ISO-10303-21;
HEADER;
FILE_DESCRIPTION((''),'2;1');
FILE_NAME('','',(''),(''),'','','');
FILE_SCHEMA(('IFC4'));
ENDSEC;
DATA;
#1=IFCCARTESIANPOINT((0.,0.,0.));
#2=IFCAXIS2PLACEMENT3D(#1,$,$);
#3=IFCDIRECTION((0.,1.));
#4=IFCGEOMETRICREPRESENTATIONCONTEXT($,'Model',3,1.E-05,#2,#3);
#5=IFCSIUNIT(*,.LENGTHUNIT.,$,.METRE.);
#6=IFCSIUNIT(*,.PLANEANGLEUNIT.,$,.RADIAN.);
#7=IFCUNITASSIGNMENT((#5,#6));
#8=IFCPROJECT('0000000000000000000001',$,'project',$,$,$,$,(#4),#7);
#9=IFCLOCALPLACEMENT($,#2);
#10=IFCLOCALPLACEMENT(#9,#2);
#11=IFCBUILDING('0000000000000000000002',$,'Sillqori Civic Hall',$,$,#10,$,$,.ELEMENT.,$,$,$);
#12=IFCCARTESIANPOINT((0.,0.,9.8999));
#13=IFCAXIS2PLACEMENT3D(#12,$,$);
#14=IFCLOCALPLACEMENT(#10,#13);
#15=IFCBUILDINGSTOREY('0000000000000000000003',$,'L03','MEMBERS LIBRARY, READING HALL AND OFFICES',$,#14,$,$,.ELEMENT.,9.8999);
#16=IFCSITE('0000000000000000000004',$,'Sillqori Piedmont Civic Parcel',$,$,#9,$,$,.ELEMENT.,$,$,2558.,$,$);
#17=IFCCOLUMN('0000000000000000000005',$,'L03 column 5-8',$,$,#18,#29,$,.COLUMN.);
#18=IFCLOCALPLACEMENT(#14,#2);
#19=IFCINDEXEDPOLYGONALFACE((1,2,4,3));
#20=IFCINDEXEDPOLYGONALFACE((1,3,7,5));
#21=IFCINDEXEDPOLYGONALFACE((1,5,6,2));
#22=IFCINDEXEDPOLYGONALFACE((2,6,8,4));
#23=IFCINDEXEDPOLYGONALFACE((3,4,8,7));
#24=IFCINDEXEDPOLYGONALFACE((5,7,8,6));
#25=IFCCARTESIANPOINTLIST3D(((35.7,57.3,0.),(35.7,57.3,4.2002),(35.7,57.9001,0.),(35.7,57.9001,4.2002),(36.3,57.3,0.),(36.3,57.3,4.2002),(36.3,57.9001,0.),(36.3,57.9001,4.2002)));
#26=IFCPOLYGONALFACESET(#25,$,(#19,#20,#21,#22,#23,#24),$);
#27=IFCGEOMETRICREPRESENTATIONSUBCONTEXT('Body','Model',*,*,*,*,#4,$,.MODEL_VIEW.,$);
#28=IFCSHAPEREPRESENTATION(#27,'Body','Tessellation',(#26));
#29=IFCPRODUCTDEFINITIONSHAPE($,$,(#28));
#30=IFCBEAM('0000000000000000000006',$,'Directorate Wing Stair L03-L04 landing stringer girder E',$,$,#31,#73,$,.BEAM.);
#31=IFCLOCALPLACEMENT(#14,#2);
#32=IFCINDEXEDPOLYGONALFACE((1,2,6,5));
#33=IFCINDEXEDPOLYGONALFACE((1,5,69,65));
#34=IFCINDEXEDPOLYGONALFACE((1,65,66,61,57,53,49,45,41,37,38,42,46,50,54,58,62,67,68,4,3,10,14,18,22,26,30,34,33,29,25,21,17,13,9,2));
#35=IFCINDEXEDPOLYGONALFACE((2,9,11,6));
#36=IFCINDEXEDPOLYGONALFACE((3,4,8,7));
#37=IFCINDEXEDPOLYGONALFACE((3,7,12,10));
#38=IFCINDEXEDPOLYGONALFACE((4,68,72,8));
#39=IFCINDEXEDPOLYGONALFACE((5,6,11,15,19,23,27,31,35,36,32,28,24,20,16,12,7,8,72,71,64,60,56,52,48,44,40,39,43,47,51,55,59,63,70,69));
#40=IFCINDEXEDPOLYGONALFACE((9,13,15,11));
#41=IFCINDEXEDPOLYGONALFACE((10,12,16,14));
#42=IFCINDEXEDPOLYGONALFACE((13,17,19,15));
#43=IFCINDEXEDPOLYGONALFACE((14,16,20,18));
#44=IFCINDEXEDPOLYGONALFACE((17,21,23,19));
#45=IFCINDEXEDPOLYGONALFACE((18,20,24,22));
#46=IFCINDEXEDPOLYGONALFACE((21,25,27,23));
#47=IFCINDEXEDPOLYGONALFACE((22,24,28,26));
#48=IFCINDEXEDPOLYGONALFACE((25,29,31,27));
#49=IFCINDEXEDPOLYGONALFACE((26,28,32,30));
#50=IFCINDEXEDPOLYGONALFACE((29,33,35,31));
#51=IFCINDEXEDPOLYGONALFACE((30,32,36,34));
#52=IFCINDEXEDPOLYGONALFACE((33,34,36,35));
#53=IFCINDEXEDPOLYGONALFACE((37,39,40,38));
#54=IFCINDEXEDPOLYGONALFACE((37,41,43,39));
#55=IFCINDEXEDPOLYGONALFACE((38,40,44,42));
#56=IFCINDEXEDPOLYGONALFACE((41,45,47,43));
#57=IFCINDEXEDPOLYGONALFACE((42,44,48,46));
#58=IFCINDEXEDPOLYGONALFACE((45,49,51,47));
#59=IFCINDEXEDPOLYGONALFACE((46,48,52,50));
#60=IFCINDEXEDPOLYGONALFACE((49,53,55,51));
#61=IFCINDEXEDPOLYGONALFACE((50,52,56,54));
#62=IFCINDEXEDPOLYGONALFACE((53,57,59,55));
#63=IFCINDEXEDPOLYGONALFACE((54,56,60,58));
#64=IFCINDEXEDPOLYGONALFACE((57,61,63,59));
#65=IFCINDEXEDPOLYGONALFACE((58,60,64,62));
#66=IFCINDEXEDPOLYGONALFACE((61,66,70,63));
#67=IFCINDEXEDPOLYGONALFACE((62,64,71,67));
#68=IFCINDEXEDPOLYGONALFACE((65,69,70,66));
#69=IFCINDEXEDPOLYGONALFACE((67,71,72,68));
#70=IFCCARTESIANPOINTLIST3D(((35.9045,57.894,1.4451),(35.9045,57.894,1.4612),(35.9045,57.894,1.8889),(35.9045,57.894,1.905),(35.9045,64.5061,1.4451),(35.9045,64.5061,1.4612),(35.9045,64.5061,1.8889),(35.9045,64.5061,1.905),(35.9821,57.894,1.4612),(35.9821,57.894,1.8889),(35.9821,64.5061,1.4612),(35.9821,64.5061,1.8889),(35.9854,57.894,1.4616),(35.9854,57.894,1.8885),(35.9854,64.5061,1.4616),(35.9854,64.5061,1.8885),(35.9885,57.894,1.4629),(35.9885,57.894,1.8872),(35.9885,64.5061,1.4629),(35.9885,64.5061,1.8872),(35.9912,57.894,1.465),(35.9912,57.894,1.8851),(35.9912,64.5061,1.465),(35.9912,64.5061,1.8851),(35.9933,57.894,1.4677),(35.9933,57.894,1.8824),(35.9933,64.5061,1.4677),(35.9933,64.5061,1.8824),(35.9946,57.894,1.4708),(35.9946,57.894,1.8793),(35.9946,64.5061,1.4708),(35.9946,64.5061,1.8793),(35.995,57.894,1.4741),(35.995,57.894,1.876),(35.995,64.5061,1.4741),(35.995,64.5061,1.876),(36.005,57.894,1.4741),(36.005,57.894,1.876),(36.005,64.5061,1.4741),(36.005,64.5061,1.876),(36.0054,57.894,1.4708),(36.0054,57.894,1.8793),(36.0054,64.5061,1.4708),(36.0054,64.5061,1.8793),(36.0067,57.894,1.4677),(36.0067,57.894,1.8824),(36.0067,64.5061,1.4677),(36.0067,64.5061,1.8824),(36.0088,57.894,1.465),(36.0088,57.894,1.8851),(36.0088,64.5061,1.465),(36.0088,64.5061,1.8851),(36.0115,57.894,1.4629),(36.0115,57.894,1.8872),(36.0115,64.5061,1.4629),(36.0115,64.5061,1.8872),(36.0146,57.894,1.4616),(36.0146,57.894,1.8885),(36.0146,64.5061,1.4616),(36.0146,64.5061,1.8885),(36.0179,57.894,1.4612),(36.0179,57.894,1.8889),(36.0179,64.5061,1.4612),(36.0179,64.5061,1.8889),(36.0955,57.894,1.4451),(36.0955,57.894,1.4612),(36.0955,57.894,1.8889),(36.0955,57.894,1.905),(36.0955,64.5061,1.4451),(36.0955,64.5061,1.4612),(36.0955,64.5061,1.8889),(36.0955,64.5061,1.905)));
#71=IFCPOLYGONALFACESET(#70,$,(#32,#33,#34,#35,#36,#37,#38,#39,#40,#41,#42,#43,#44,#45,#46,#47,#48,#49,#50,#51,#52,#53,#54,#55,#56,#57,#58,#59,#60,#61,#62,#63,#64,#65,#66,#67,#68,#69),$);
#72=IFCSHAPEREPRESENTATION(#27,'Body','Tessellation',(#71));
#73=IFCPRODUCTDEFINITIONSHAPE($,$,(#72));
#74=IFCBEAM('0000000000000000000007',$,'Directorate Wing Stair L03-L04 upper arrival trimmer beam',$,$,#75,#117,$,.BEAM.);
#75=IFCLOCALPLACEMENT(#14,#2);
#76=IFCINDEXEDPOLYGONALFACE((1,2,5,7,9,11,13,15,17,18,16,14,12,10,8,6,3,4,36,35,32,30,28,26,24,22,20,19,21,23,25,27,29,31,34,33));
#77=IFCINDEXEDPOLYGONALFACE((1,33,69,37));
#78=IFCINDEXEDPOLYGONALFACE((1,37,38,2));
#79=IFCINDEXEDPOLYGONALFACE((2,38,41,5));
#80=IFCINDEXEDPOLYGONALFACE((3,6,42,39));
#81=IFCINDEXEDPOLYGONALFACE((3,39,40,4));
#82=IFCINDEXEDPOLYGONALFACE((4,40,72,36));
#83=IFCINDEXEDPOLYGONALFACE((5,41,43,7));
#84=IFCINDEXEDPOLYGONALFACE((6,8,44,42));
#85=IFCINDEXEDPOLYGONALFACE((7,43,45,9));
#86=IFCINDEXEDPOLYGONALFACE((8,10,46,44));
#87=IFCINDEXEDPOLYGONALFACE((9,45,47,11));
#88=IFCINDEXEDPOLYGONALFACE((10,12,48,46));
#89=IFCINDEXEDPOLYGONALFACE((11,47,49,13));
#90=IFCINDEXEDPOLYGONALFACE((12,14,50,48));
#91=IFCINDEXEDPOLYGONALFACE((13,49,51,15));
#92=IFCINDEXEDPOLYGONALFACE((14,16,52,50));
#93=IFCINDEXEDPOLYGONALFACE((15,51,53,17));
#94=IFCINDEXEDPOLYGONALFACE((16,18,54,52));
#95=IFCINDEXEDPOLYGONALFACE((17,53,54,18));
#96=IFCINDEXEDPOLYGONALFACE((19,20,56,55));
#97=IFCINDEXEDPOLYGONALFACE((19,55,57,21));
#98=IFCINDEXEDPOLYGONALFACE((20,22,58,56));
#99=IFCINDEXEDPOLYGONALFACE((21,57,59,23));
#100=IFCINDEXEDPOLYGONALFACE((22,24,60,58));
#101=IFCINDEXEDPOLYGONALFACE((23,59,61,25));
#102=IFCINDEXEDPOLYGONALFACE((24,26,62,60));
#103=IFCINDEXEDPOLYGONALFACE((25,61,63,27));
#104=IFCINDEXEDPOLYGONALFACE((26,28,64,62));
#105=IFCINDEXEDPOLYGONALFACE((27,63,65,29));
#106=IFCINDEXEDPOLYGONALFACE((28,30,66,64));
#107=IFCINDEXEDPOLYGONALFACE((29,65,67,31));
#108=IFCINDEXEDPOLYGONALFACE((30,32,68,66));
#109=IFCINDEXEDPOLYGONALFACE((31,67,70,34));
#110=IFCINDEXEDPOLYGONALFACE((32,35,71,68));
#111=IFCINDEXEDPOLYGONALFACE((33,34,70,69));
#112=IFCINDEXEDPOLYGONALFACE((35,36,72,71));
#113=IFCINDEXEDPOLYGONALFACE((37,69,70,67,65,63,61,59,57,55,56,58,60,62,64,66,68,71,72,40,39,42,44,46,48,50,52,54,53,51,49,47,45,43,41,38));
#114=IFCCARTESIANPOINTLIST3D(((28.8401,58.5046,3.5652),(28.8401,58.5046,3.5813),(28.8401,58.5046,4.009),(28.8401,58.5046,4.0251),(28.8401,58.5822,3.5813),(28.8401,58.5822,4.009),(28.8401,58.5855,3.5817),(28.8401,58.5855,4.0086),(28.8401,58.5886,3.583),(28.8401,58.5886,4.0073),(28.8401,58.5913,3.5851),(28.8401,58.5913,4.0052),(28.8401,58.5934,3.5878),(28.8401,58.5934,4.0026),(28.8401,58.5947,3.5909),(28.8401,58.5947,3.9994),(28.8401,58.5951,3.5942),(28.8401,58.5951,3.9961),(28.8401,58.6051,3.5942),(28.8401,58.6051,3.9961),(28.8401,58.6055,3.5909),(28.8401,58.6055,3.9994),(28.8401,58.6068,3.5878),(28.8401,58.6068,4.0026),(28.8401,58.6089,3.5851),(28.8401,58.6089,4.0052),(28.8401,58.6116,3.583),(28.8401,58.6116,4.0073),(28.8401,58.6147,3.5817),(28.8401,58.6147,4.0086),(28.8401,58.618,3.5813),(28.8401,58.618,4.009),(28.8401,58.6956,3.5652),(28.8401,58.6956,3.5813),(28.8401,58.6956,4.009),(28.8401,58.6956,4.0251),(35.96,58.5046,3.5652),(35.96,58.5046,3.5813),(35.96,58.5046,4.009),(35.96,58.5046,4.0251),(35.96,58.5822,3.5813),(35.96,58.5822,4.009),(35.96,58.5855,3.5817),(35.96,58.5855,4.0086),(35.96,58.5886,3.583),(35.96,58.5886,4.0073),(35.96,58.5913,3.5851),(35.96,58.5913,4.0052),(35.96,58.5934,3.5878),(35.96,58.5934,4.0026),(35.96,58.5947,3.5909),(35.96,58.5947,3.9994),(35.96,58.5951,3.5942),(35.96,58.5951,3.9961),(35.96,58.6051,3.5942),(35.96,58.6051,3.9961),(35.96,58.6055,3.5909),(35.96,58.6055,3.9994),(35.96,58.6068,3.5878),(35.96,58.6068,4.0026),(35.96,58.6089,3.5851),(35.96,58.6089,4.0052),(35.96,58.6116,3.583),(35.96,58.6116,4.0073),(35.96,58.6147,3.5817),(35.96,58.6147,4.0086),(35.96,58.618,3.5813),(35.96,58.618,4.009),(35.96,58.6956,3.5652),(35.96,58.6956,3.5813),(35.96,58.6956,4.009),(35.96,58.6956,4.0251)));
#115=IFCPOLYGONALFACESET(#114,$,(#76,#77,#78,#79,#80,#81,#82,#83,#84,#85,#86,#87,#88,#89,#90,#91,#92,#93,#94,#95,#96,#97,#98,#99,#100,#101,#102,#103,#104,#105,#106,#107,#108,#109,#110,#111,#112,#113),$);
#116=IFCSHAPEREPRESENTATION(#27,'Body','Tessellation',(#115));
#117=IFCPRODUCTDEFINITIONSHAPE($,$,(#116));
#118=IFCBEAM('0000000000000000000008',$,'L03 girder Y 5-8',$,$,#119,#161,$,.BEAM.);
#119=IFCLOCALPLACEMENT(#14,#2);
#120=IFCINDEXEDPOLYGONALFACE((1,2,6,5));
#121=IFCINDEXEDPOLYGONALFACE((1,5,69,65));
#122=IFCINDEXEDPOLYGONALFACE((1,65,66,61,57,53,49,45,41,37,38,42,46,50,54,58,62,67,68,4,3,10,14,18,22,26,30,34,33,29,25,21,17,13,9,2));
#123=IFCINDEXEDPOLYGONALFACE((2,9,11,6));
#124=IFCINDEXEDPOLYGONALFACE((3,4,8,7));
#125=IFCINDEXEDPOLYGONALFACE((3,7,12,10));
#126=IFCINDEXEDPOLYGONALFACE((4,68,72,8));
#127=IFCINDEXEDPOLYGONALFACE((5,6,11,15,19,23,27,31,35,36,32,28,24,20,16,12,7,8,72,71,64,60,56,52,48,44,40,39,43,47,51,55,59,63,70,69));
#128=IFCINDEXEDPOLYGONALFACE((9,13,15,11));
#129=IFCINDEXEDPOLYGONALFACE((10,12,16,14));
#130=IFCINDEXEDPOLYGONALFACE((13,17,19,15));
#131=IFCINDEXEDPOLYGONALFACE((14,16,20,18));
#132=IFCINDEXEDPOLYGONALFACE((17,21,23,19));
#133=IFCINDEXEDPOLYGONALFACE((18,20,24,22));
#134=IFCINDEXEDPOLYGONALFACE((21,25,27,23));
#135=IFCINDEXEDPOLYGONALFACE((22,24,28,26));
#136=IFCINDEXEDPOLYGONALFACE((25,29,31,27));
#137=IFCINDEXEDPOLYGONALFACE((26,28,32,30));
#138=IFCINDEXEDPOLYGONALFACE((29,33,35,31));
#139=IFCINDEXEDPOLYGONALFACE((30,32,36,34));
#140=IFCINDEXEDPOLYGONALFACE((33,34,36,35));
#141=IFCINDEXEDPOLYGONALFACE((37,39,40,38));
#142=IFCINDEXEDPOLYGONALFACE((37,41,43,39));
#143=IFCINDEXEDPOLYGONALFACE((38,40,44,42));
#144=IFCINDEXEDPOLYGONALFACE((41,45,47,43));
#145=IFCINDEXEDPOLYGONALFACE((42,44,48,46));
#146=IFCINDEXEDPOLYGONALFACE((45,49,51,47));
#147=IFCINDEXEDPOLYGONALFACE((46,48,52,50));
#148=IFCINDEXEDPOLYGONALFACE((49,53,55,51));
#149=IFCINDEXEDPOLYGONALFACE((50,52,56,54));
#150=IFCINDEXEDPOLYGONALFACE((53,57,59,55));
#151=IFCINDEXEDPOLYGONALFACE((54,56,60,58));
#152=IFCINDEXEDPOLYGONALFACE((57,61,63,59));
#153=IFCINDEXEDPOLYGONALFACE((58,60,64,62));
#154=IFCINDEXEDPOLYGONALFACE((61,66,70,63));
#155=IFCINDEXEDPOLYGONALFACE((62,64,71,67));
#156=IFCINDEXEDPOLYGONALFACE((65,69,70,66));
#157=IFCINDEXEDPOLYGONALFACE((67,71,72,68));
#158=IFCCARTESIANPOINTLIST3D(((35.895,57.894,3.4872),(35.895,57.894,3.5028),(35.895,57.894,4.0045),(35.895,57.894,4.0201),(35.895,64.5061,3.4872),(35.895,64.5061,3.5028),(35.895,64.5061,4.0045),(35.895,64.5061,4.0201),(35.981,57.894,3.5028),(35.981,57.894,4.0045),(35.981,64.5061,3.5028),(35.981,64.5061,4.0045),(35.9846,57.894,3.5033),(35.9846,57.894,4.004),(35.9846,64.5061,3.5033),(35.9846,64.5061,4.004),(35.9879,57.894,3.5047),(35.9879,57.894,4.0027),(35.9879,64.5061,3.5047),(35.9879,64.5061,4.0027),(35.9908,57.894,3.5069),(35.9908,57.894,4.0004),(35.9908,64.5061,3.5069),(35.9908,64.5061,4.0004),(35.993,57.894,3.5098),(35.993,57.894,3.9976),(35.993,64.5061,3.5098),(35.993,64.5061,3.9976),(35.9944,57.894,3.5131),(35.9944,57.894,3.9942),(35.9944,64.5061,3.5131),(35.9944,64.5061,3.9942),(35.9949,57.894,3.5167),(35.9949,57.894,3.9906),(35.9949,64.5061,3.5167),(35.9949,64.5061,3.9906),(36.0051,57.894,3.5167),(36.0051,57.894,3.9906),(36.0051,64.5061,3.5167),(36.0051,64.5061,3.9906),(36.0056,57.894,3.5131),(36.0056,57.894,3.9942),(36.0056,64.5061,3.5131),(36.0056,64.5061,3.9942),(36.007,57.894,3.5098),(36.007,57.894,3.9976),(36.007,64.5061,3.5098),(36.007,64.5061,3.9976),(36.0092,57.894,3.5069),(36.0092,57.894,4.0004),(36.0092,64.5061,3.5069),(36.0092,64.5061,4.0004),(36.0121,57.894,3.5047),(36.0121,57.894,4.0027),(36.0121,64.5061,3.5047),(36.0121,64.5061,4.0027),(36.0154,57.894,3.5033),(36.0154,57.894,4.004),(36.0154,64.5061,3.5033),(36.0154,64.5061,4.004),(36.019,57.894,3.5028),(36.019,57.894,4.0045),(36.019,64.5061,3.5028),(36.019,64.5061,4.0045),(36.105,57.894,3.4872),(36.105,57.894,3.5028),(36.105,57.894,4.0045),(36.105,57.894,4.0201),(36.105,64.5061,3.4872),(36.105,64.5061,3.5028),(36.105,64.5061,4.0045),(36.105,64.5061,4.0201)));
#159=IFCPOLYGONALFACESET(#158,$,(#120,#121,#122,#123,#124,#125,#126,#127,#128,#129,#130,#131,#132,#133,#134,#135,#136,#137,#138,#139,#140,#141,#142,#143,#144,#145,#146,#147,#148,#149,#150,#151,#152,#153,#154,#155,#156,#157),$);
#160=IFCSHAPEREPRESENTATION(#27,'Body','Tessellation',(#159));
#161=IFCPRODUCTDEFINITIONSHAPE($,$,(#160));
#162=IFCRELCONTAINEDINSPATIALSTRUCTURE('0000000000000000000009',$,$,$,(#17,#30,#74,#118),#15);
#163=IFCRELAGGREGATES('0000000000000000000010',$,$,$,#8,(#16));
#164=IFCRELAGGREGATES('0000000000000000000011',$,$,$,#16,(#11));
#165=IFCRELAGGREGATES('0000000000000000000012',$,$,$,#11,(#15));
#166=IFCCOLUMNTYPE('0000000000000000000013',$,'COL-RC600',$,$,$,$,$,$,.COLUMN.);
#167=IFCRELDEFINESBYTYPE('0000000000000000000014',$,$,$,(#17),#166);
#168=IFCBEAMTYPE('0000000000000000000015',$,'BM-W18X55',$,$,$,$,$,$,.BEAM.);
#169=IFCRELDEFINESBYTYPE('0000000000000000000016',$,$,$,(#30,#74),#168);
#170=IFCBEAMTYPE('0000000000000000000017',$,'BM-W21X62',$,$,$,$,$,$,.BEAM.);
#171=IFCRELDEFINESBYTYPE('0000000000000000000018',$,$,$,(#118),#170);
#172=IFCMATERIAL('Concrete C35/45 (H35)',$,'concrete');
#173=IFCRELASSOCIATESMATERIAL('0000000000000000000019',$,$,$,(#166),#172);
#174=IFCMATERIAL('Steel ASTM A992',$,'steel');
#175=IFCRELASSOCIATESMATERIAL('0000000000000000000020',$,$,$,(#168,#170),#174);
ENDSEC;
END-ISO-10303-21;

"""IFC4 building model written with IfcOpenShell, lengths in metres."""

from ifc_helpers import new_model, si_unit, direction, frame, origin, origin_2d, place, context, subcontext, project, spatial, rectangle, i_section, extrude, material, material_profile, profile_set, type_object, element, save


model = new_model("IFC4")

# Units and contexts
model_context = context("Model", 3, precision=1e-05, world=origin(), true_north=direction((0.0, 1.0)))
body_context = subcontext(model_context, "Body", "Model", "MODEL_VIEW")
ifc_project = project(units=[si_unit("LENGTHUNIT", "METRE"), si_unit("PLANEANGLEUNIT", "RADIAN")], contexts=[model_context])

# Site, building, storey
site_placement = place(None, origin())
site = spatial("IfcSite", under=ifc_project, at=site_placement, Name="Sillqori Piedmont Civic Parcel", CompositionType="ELEMENT", RefElevation=2558.0)
building_placement = place(site_placement, origin())
building = spatial("IfcBuilding", under=site, at=building_placement, Name="Sillqori Civic Hall", CompositionType="ELEMENT")
storey_placement = place(building_placement, frame((0.0, 0.0, 9.8999)))
storey = spatial("IfcBuildingStorey", under=building, at=storey_placement, Name="L03", Description="MEMBERS LIBRARY, READING HALL AND OFFICES", CompositionType="ELEMENT", Elevation=9.8999)

# Column
ifc_material_1 = material(Name="Concrete C35/45 (H35)", Category="concrete")
ifc_material_profile_1 = material_profile(ifc_material_1, rectangle(XDim=0.6001, YDim=0.6001, at=origin_2d()), Name="RC 600x600")
ifc_profile_set_1 = profile_set([ifc_material_profile_1], Name="Concrete C35/45 (H35)")
column_type = type_object("IfcColumnType", Name="COL-RC600", PredefinedType="COLUMN", material=ifc_profile_set_1)
column_placement = place(storey_placement, frame((36.0, 57.6001, 0.0), z_axis=(0.0, 0.0, 1.0), x_axis=(1.0, 0.0, 0.0)))
element("IfcColumn", 1, at=column_placement, inside=storey, type_object=column_type, Name="L03 column 5-8", PredefinedType="COLUMN", context=body_context, shape_type="SweptSolid", body=[
    extrude(rectangle(XDim=0.6001, YDim=0.6001, at=origin_2d()), origin(), (0.0, 0.0, 1.0), 4.2002),
])

# Beams
ifc_material_2 = material(Name="Steel ASTM A992", Category="steel")
ifc_material_profile_2 = material_profile(ifc_material_2, i_section(OverallWidth=0.1909, OverallDepth=0.46, WebThickness=0.01, FlangeThickness=0.0161, FilletRadius=0.0129, at=origin_2d()), Name="W18X55")
ifc_profile_set_2 = profile_set([ifc_material_profile_2], Name="Steel ASTM A992")
beam_type_1 = type_object("IfcBeamType", Name="BM-W18X55", PredefinedType="BEAM", material=ifc_profile_set_2)
beam_1_placement = place(storey_placement, frame((36.0, 57.894, 1.675), z_axis=(0.0, 1.0, 0.0), x_axis=(-1.0, 0.0, 0.0)))
element("IfcBeam", 2, at=beam_1_placement, inside=storey, type_object=beam_type_1, Name="Directorate Wing Stair L03-L04 landing stringer girder E", PredefinedType="BEAM", context=body_context, shape_type="SweptSolid", body=[
    extrude(i_section(OverallWidth=0.1909, OverallDepth=0.46, WebThickness=0.01, FlangeThickness=0.0161, FilletRadius=0.0129, at=origin_2d()), origin(), (0.0, 0.0, 1.0), 6.6121),
])
beam_2_placement = place(storey_placement, frame((28.8401, 58.6001, 3.7952), z_axis=(1.0, 0.0, 0.0), x_axis=(0.0, 1.0, 0.0)))
element("IfcBeam", 3, at=beam_2_placement, inside=storey, type_object=beam_type_1, Name="Directorate Wing Stair L03-L04 upper arrival trimmer beam", PredefinedType="BEAM", context=body_context, shape_type="SweptSolid", body=[
    extrude(i_section(OverallWidth=0.1909, OverallDepth=0.46, WebThickness=0.01, FlangeThickness=0.0161, FilletRadius=0.0129, at=origin_2d()), origin(), (0.0, 0.0, 1.0), 7.1199),
])
ifc_material_profile_3 = material_profile(ifc_material_2, i_section(OverallWidth=0.21, OverallDepth=0.533, WebThickness=0.0103, FlangeThickness=0.0156, FilletRadius=0.0139, at=origin_2d()), Name="W21X62")
ifc_profile_set_3 = profile_set([ifc_material_profile_3], Name="Steel ASTM A992")
beam_type_2 = type_object("IfcBeamType", Name="BM-W21X62", PredefinedType="BEAM", material=ifc_profile_set_3)
beam_3_placement = place(storey_placement, frame((36.0, 57.894, 3.7537), z_axis=(0.0, 1.0, 0.0), x_axis=(-1.0, 0.0, 0.0)))
element("IfcBeam", 4, at=beam_3_placement, inside=storey, type_object=beam_type_2, Name="L03 girder Y 5-8", PredefinedType="BEAM", context=body_context, shape_type="SweptSolid", body=[
    extrude(i_section(OverallWidth=0.21, OverallDepth=0.533, WebThickness=0.0103, FlangeThickness=0.0156, FilletRadius=0.0139, at=origin_2d()), origin(), (0.0, 0.0, 1.0), 6.6121),
])

save(model, "model.ifc")
